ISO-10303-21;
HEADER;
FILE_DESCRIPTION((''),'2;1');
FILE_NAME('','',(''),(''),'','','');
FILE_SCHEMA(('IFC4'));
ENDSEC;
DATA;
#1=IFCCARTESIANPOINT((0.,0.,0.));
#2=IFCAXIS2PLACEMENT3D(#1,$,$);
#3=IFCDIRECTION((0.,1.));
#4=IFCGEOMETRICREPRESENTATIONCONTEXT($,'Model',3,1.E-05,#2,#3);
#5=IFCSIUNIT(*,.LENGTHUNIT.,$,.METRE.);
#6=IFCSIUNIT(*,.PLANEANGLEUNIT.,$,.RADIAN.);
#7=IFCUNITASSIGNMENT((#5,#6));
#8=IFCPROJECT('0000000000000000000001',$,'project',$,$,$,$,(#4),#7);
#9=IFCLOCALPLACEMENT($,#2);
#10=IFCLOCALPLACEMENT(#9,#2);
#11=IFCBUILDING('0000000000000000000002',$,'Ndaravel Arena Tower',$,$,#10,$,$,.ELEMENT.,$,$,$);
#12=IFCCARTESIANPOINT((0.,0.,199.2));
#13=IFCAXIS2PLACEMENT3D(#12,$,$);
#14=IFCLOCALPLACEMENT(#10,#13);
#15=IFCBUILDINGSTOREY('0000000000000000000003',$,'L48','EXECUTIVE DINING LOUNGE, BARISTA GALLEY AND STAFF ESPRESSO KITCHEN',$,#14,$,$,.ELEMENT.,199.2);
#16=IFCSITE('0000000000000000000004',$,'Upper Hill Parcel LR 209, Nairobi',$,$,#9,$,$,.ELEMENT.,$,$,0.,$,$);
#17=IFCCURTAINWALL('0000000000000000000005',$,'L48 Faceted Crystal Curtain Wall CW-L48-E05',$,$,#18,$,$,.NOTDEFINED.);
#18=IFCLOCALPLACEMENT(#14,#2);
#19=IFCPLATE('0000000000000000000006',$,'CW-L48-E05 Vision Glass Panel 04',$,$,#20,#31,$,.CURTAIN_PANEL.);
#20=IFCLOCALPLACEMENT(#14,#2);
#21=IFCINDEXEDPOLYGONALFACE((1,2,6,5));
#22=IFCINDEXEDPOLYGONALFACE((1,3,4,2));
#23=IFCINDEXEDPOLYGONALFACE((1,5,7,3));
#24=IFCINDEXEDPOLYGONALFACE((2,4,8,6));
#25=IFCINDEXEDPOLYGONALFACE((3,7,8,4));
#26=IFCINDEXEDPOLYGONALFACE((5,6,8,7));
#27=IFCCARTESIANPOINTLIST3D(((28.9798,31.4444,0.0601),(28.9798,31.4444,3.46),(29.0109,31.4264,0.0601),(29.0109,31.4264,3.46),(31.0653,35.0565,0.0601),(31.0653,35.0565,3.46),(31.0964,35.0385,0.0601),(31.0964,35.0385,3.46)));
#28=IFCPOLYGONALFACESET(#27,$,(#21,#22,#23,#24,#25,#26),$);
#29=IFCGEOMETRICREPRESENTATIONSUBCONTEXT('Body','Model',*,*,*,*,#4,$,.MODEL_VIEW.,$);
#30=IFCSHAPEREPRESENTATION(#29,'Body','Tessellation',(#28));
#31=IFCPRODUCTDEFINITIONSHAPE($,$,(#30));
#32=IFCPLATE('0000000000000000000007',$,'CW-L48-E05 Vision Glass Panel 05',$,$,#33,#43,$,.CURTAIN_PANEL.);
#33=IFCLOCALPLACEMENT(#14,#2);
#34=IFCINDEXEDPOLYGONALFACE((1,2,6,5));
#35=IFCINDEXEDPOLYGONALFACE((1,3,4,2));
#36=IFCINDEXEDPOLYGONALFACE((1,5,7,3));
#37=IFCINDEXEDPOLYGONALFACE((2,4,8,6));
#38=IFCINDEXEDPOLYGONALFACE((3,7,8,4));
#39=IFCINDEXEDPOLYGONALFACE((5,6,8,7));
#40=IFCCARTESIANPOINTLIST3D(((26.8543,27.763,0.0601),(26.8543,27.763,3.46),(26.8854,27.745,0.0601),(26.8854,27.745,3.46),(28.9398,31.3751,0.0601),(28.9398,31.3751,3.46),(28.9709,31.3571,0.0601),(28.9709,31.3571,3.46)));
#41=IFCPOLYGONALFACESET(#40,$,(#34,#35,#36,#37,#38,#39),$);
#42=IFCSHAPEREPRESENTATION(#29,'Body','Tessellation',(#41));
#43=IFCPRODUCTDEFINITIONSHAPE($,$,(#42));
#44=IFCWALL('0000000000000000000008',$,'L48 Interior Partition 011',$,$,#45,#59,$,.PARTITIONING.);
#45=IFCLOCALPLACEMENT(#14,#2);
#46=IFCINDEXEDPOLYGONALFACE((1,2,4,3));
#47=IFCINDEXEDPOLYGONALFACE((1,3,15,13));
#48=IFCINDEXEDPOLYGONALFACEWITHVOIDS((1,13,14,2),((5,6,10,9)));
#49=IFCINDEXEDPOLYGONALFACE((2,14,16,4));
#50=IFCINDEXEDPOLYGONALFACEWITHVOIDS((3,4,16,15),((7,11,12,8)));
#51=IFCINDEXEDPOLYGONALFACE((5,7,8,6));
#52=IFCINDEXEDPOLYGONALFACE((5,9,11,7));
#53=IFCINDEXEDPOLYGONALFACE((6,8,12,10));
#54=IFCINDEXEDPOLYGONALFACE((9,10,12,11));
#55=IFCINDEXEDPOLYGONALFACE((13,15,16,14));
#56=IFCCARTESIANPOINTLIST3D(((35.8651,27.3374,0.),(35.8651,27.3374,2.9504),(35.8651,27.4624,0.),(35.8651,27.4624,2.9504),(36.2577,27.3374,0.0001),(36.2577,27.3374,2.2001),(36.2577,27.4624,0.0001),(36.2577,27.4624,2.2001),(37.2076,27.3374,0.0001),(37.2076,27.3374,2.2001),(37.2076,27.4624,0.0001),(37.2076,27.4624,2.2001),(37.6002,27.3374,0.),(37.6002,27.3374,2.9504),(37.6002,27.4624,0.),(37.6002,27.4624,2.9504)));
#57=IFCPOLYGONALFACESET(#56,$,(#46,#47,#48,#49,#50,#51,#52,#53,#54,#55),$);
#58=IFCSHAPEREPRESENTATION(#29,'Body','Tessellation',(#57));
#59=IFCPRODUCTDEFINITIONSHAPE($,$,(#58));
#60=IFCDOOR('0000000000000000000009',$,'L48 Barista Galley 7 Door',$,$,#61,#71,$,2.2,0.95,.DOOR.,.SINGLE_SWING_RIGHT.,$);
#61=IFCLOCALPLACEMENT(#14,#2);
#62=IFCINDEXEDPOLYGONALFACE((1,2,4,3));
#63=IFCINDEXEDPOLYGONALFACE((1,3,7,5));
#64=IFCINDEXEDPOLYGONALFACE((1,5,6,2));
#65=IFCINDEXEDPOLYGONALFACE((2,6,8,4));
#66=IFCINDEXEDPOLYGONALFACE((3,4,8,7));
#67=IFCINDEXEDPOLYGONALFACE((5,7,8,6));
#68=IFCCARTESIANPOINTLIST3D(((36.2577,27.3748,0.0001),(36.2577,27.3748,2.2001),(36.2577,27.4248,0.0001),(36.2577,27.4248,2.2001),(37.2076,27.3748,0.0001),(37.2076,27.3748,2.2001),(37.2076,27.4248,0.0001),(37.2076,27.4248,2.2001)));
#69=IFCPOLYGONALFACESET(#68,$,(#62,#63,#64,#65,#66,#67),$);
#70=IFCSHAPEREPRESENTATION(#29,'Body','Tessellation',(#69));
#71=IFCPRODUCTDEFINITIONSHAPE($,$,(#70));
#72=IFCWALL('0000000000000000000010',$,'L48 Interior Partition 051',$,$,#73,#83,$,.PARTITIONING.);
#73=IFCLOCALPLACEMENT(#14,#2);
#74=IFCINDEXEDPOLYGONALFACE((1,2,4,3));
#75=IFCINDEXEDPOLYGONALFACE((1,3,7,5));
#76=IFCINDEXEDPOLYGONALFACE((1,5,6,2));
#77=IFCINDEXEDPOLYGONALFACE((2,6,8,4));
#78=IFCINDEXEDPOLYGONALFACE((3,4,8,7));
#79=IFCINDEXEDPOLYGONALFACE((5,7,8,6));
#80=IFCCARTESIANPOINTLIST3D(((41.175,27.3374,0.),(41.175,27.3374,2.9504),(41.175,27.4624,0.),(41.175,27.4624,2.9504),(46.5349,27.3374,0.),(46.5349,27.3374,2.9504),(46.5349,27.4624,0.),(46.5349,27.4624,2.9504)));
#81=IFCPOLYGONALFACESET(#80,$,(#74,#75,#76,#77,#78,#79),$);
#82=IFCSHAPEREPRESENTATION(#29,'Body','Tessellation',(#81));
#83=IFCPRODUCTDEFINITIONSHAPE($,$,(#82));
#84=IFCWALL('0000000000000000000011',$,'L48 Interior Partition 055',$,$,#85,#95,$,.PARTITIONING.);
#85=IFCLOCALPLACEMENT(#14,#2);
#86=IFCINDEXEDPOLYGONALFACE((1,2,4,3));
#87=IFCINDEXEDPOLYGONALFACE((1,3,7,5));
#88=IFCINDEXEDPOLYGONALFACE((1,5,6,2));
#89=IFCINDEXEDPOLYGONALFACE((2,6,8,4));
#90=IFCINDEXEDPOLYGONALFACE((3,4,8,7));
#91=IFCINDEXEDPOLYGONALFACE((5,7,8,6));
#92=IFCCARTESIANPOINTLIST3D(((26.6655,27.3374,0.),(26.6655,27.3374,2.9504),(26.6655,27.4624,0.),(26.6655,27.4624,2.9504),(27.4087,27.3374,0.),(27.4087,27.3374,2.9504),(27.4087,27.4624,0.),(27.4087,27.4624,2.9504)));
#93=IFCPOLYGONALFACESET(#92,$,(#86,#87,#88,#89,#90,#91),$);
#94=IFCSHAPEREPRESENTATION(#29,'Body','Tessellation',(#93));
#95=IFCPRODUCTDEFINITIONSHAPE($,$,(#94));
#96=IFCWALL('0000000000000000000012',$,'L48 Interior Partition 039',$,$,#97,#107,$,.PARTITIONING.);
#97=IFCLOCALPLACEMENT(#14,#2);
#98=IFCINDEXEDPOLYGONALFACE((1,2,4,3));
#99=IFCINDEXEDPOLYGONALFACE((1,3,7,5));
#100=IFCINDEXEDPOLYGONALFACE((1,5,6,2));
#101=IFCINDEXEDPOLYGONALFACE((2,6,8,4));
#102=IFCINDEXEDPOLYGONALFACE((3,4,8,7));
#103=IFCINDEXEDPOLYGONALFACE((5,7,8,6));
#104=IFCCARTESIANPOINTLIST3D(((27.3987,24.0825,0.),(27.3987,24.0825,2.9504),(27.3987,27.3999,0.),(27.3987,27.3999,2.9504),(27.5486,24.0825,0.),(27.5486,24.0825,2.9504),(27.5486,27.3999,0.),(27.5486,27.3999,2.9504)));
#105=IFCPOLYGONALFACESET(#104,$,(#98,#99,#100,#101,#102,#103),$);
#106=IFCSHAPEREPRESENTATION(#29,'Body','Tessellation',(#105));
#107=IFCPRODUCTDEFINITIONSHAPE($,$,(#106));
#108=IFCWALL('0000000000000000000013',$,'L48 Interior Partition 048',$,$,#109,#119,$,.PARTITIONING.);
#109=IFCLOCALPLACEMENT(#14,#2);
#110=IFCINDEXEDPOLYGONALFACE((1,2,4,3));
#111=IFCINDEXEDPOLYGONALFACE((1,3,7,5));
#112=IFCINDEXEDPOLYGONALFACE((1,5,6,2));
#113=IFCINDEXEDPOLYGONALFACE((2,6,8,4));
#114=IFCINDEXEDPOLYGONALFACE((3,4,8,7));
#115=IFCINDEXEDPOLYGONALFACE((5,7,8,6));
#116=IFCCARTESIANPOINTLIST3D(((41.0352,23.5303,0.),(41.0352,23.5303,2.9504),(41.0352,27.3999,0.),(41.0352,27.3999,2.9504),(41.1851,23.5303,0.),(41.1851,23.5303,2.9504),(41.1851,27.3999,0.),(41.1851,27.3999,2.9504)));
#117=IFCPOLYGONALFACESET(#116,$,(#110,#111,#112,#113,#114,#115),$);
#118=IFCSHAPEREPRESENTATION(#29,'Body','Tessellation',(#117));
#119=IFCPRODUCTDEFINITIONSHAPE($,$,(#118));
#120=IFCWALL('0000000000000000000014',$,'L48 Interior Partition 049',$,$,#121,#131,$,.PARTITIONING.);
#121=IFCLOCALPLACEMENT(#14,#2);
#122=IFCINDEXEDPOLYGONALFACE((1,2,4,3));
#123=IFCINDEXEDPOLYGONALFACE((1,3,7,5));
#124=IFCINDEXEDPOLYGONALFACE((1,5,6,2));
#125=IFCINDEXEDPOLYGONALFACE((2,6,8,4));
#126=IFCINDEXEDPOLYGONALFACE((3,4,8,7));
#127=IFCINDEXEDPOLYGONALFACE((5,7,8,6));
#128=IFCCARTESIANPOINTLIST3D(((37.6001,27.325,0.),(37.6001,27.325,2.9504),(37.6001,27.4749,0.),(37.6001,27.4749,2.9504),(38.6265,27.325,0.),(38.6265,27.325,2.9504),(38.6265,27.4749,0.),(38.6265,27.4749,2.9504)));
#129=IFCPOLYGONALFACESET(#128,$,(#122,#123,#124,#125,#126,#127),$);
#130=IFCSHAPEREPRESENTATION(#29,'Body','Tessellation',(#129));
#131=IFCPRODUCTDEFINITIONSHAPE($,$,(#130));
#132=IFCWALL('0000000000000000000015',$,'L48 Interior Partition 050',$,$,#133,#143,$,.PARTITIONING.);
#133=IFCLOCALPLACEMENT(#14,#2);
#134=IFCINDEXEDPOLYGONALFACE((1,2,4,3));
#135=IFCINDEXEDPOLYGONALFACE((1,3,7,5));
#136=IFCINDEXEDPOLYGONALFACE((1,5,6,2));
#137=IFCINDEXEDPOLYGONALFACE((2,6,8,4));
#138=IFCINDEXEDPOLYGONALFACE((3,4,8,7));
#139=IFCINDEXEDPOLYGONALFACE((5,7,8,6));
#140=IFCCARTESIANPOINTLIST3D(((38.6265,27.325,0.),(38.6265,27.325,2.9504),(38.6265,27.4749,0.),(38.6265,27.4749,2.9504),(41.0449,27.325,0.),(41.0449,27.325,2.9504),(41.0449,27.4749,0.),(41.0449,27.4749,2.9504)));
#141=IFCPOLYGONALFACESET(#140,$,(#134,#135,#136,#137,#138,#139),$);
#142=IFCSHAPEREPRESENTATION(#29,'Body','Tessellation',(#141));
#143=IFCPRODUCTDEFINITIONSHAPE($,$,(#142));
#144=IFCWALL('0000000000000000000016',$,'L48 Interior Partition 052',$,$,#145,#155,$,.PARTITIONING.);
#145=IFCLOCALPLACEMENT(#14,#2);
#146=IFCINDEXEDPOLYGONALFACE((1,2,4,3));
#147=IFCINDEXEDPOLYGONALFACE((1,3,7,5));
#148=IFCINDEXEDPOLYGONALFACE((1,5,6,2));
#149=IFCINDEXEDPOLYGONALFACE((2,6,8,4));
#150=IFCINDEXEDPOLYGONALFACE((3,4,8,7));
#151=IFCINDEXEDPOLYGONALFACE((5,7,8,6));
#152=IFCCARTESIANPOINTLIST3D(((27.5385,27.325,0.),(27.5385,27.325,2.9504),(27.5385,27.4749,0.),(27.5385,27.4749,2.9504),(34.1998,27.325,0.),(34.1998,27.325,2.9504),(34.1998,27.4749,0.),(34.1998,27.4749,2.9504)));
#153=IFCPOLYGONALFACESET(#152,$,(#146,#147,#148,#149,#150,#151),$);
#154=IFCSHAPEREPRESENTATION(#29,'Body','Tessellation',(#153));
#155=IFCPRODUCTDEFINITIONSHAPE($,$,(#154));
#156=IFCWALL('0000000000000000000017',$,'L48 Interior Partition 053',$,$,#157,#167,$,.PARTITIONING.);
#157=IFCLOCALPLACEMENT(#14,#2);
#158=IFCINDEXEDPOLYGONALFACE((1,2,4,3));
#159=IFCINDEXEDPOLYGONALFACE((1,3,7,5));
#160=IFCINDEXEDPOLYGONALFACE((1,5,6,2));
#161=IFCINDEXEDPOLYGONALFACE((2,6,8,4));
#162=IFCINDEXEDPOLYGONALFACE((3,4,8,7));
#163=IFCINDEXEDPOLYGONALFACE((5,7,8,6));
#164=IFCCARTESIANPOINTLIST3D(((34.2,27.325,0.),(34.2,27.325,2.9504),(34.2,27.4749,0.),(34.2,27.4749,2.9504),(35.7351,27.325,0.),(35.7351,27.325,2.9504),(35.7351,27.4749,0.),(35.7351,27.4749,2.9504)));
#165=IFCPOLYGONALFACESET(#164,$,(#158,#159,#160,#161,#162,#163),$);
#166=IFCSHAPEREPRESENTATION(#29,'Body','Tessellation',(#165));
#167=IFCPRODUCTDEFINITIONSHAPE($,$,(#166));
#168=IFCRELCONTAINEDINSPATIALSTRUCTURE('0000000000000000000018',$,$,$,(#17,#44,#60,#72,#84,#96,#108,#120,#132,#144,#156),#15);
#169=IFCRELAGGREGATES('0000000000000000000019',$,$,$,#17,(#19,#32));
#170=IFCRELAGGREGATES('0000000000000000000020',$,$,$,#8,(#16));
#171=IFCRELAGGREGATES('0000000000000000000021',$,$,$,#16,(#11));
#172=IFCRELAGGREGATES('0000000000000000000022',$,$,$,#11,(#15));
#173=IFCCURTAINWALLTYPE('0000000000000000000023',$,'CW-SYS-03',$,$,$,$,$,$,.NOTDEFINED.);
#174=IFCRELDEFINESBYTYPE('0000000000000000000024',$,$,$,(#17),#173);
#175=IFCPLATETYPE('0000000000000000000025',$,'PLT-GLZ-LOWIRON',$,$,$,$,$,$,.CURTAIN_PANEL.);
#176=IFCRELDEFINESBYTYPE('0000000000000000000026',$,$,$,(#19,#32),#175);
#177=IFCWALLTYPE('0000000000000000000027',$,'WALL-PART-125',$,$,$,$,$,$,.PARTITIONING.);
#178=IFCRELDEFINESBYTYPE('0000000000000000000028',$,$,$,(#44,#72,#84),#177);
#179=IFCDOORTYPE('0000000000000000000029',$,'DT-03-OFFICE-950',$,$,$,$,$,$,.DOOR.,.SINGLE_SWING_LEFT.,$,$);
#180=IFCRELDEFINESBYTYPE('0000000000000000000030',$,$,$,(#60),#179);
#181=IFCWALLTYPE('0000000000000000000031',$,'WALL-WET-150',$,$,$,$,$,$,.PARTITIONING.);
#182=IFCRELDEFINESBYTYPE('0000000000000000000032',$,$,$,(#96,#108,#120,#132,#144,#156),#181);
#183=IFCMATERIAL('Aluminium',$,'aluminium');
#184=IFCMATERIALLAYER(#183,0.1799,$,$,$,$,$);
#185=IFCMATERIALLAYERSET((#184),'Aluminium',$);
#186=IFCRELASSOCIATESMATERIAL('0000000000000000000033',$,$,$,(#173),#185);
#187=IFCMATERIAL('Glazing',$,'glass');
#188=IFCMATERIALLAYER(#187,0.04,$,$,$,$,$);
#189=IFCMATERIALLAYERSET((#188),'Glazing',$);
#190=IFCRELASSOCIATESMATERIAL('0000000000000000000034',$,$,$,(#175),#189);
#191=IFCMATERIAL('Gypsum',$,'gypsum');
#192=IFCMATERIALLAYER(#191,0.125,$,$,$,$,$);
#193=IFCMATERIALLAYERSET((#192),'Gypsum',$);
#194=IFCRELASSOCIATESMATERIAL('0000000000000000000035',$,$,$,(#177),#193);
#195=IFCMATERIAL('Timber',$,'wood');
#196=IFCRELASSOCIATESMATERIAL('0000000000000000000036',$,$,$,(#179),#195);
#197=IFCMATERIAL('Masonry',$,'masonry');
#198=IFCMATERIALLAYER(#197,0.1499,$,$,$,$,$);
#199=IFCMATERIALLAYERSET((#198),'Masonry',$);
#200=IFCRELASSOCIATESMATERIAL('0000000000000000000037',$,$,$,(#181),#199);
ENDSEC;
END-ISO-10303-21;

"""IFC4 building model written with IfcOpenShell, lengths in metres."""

from ifc_helpers import new_model, si_unit, direction, frame, frame_2d, origin, origin_2d, place, context, subcontext, project, spatial, rectangle, extrude, material, layer, layer_set, type_object, element, fill, aggregate, save


model = new_model("IFC4")

# Units and contexts
model_context = context("Model", 3, precision=1e-05, world=origin(), true_north=direction((0.0, 1.0)))
body_context = subcontext(model_context, "Body", "Model", "MODEL_VIEW")
ifc_project = project(units=[si_unit("LENGTHUNIT", "METRE"), si_unit("PLANEANGLEUNIT", "RADIAN")], contexts=[model_context])

# Site, building, storey
site_placement = place(None, origin())
site = spatial("IfcSite", under=ifc_project, at=site_placement, Name="Upper Hill Parcel LR 209, Nairobi", CompositionType="ELEMENT", RefElevation=0.0)
building_placement = place(site_placement, origin())
building = spatial("IfcBuilding", under=site, at=building_placement, Name="Ndaravel Arena Tower", CompositionType="ELEMENT")
storey_placement = place(building_placement, frame((0.0, 0.0, 199.2)))
storey = spatial("IfcBuildingStorey", under=building, at=storey_placement, Name="L48", Description="EXECUTIVE DINING LOUNGE, BARISTA GALLEY AND STAFF ESPRESSO KITCHEN", CompositionType="ELEMENT", Elevation=199.2)

# Curtain wall, plates
ifc_material_1 = material(Name="Aluminium", Category="aluminium")
ifc_layer_1 = layer(ifc_material_1, 0.1799)
ifc_layer_set_1 = layer_set([ifc_layer_1], Name="Aluminium")
curtain_wall_type = type_object("IfcCurtainWallType", Name="CW-SYS-03", PredefinedType="NOTDEFINED", material=ifc_layer_set_1)
curtain_wall_placement = place(storey_placement, origin())
curtain_wall = element("IfcCurtainWall", 1, at=curtain_wall_placement, inside=storey, type_object=curtain_wall_type, Name="L48 Faceted Crystal Curtain Wall CW-L48-E05", PredefinedType="NOTDEFINED")
ifc_material_2 = material(Name="Glazing", Category="glass")
ifc_layer_2 = layer(ifc_material_2, 0.04)
ifc_layer_set_2 = layer_set([ifc_layer_2], Name="Glazing")
plate_type = type_object("IfcPlateType", Name="PLT-GLZ-LOWIRON", PredefinedType="CURTAIN_PANEL", material=ifc_layer_set_2)
plate_1_placement = place(storey_placement, frame((30.0381, 33.2415, 0.0601), z_axis=(0.0, 0.0, 1.0), x_axis=(-0.5, -0.866025, 0.0)))
plate_1 = element("IfcPlate", 2, at=plate_1_placement, type_object=plate_type, Name="CW-L48-E05 Vision Glass Panel 04", PredefinedType="CURTAIN_PANEL", context=body_context, shape_type="SweptSolid", body=[
    extrude(rectangle(XDim=4.1709, YDim=0.0359, at=origin_2d()), origin(), (0.0, 0.0, 1.0), 3.3999),
])
plate_2_placement = place(storey_placement, frame((27.9126, 29.5601, 0.0601), z_axis=(0.0, 0.0, 1.0), x_axis=(-0.5, -0.866025, 0.0)))
plate_2 = element("IfcPlate", 3, at=plate_2_placement, type_object=plate_type, Name="CW-L48-E05 Vision Glass Panel 05", PredefinedType="CURTAIN_PANEL", context=body_context, shape_type="SweptSolid", body=[
    extrude(rectangle(XDim=4.1709, YDim=0.0359, at=origin_2d()), origin(), (0.0, 0.0, 1.0), 3.3999),
])
aggregate(curtain_wall, [plate_1, plate_2])

# Wall, opening, door
ifc_material_3 = material(Name="Gypsum", Category="gypsum")
ifc_layer_3 = layer(ifc_material_3, 0.125)
ifc_layer_set_3 = layer_set([ifc_layer_3], Name="Gypsum")
wall_type_1 = type_object("IfcWallType", Name="WALL-PART-125", PredefinedType="PARTITIONING", material=ifc_layer_set_3)
wall_1_placement = place(storey_placement, frame((35.865, 27.3999, 0.0), z_axis=(0.0, 0.0, 1.0), x_axis=(1.0, 0.0, 0.0)))
wall_1 = element("IfcWall", 4, at=wall_1_placement, inside=storey, type_object=wall_type_1, Name="L48 Interior Partition 011", PredefinedType="PARTITIONING", context=body_context, shape_type="SweptSolid", body=[
    extrude(rectangle(XDim=1.7351, YDim=0.125, at=frame_2d((0.8677, 0.0))), origin(), (0.0, 0.0, 1.0), 2.9504),
])
opening_placement = place(wall_1_placement, frame((0.3926, 0.0, 0.0)))
opening = element("IfcOpeningElement", 5, at=opening_placement, cuts=wall_1, PredefinedType="OPENING", context=body_context, shape_type="SweptSolid", body=[
    extrude(rectangle(XDim=0.95, YDim=2.2, at=frame_2d((0.4751, 1.1001))), frame((0.0, 0.0625, 0.0), z_axis=(0.0, -1.0, 0.0), x_axis=(1.0, 0.0, 0.0)), (0.0, 0.0, 1.0), 0.125),
])
ifc_material_4 = material(Name="Timber", Category="wood")
door_type = type_object("IfcDoorType", Name="DT-03-OFFICE-950", OperationType="SINGLE_SWING_LEFT", PredefinedType="DOOR", material=ifc_material_4)
door_placement = place(opening_placement, origin())
door = element("IfcDoor", 6, at=door_placement, inside=storey, type_object=door_type, Name="L48 Barista Galley 7 Door", OperationType="SINGLE_SWING_RIGHT", OverallHeight=2.2, OverallWidth=0.95, PredefinedType="DOOR", context=body_context, shape_type="SweptSolid", body=[
    extrude(rectangle(XDim=0.95, YDim=2.2, at=frame_2d((0.4751, 1.1001))), frame((0.0, 0.0249, 0.0), z_axis=(0.0, -1.0, 0.0), x_axis=(1.0, 0.0, 0.0)), (0.0, 0.0, 1.0), 0.05),
])
fill(opening, door)

# Walls
wall_2_placement = place(storey_placement, frame((41.175, 27.3999, 0.0), z_axis=(0.0, 0.0, 1.0), x_axis=(1.0, 0.0, 0.0)))
element("IfcWall", 7, at=wall_2_placement, inside=storey, type_object=wall_type_1, Name="L48 Interior Partition 051", PredefinedType="PARTITIONING", context=body_context, shape_type="SweptSolid", body=[
    extrude(rectangle(XDim=5.3599, YDim=0.125, at=frame_2d((2.6799, 0.0))), origin(), (0.0, 0.0, 1.0), 2.9504),
])
wall_3_placement = place(storey_placement, frame((27.4087, 27.3999, 0.0), z_axis=(0.0, 0.0, 1.0), x_axis=(-1.0, 0.0, 0.0)))
element("IfcWall", 8, at=wall_3_placement, inside=storey, type_object=wall_type_1, Name="L48 Interior Partition 055", PredefinedType="PARTITIONING", context=body_context, shape_type="SweptSolid", body=[
    extrude(rectangle(XDim=0.7432, YDim=0.125, at=frame_2d((0.3716, 0.0))), origin(), (0.0, 0.0, 1.0), 2.9504),
])
ifc_material_5 = material(Name="Masonry", Category="masonry")
ifc_layer_4 = layer(ifc_material_5, 0.1499)
ifc_layer_set_4 = layer_set([ifc_layer_4], Name="Masonry")
wall_type_2 = type_object("IfcWallType", Name="WALL-WET-150", PredefinedType="PARTITIONING", material=ifc_layer_set_4)
wall_4_placement = place(storey_placement, frame((27.4736, 27.3999, 0.0), z_axis=(0.0, 0.0, 1.0), x_axis=(0.0, -1.0, 0.0)))
element("IfcWall", 9, at=wall_4_placement, inside=storey, type_object=wall_type_2, Name="L48 Interior Partition 039", PredefinedType="PARTITIONING", context=body_context, shape_type="SweptSolid", body=[
    extrude(rectangle(XDim=3.3174, YDim=0.1499, at=frame_2d((1.6587, 0.0))), origin(), (0.0, 0.0, 1.0), 2.9504),
])
wall_5_placement = place(storey_placement, frame((41.1101, 27.3999, 0.0), z_axis=(0.0, 0.0, 1.0), x_axis=(0.0, -1.0, 0.0)))
element("IfcWall", 10, at=wall_5_placement, inside=storey, type_object=wall_type_2, Name="L48 Interior Partition 048", PredefinedType="PARTITIONING", context=body_context, shape_type="SweptSolid", body=[
    extrude(rectangle(XDim=3.8696, YDim=0.1499, at=frame_2d((1.9348, 0.0))), origin(), (0.0, 0.0, 1.0), 2.9504),
])
wall_6_placement = place(storey_placement, frame((37.6001, 27.3999, 0.0), z_axis=(0.0, 0.0, 1.0), x_axis=(1.0, 0.0, 0.0)))
element("IfcWall", 11, at=wall_6_placement, inside=storey, type_object=wall_type_2, Name="L48 Interior Partition 049", PredefinedType="PARTITIONING", context=body_context, shape_type="SweptSolid", body=[
    extrude(rectangle(XDim=1.0264, YDim=0.1499, at=frame_2d((0.5132, 0.0))), origin(), (0.0, 0.0, 1.0), 2.9504),
])
wall_7_placement = place(storey_placement, frame((38.6265, 27.3999, 0.0), z_axis=(0.0, 0.0, 1.0), x_axis=(1.0, 0.0, 0.0)))
element("IfcWall", 12, at=wall_7_placement, inside=storey, type_object=wall_type_2, Name="L48 Interior Partition 050", PredefinedType="PARTITIONING", context=body_context, shape_type="SweptSolid", body=[
    extrude(rectangle(XDim=2.4185, YDim=0.1499, at=frame_2d((1.2092, 0.0))), origin(), (0.0, 0.0, 1.0), 2.9504),
])
wall_8_placement = place(storey_placement, frame((27.5386, 27.3999, 0.0), z_axis=(0.0, 0.0, 1.0), x_axis=(1.0, 0.0, 0.0)))
element("IfcWall", 13, at=wall_8_placement, inside=storey, type_object=wall_type_2, Name="L48 Interior Partition 052", PredefinedType="PARTITIONING", context=body_context, shape_type="SweptSolid", body=[
    extrude(rectangle(XDim=6.6614, YDim=0.1499, at=frame_2d((3.3306, 0.0))), origin(), (0.0, 0.0, 1.0), 2.9504),
])
wall_9_placement = place(storey_placement, frame((34.2, 27.3999, 0.0), z_axis=(0.0, 0.0, 1.0), x_axis=(1.0, 0.0, 0.0)))
element("IfcWall", 14, at=wall_9_placement, inside=storey, type_object=wall_type_2, Name="L48 Interior Partition 053", PredefinedType="PARTITIONING", context=body_context, shape_type="SweptSolid", body=[
    extrude(rectangle(XDim=1.5352, YDim=0.1499, at=frame_2d((0.7676, 0.0))), origin(), (0.0, 0.0, 1.0), 2.9504),
])

save(model, "model.ifc")
